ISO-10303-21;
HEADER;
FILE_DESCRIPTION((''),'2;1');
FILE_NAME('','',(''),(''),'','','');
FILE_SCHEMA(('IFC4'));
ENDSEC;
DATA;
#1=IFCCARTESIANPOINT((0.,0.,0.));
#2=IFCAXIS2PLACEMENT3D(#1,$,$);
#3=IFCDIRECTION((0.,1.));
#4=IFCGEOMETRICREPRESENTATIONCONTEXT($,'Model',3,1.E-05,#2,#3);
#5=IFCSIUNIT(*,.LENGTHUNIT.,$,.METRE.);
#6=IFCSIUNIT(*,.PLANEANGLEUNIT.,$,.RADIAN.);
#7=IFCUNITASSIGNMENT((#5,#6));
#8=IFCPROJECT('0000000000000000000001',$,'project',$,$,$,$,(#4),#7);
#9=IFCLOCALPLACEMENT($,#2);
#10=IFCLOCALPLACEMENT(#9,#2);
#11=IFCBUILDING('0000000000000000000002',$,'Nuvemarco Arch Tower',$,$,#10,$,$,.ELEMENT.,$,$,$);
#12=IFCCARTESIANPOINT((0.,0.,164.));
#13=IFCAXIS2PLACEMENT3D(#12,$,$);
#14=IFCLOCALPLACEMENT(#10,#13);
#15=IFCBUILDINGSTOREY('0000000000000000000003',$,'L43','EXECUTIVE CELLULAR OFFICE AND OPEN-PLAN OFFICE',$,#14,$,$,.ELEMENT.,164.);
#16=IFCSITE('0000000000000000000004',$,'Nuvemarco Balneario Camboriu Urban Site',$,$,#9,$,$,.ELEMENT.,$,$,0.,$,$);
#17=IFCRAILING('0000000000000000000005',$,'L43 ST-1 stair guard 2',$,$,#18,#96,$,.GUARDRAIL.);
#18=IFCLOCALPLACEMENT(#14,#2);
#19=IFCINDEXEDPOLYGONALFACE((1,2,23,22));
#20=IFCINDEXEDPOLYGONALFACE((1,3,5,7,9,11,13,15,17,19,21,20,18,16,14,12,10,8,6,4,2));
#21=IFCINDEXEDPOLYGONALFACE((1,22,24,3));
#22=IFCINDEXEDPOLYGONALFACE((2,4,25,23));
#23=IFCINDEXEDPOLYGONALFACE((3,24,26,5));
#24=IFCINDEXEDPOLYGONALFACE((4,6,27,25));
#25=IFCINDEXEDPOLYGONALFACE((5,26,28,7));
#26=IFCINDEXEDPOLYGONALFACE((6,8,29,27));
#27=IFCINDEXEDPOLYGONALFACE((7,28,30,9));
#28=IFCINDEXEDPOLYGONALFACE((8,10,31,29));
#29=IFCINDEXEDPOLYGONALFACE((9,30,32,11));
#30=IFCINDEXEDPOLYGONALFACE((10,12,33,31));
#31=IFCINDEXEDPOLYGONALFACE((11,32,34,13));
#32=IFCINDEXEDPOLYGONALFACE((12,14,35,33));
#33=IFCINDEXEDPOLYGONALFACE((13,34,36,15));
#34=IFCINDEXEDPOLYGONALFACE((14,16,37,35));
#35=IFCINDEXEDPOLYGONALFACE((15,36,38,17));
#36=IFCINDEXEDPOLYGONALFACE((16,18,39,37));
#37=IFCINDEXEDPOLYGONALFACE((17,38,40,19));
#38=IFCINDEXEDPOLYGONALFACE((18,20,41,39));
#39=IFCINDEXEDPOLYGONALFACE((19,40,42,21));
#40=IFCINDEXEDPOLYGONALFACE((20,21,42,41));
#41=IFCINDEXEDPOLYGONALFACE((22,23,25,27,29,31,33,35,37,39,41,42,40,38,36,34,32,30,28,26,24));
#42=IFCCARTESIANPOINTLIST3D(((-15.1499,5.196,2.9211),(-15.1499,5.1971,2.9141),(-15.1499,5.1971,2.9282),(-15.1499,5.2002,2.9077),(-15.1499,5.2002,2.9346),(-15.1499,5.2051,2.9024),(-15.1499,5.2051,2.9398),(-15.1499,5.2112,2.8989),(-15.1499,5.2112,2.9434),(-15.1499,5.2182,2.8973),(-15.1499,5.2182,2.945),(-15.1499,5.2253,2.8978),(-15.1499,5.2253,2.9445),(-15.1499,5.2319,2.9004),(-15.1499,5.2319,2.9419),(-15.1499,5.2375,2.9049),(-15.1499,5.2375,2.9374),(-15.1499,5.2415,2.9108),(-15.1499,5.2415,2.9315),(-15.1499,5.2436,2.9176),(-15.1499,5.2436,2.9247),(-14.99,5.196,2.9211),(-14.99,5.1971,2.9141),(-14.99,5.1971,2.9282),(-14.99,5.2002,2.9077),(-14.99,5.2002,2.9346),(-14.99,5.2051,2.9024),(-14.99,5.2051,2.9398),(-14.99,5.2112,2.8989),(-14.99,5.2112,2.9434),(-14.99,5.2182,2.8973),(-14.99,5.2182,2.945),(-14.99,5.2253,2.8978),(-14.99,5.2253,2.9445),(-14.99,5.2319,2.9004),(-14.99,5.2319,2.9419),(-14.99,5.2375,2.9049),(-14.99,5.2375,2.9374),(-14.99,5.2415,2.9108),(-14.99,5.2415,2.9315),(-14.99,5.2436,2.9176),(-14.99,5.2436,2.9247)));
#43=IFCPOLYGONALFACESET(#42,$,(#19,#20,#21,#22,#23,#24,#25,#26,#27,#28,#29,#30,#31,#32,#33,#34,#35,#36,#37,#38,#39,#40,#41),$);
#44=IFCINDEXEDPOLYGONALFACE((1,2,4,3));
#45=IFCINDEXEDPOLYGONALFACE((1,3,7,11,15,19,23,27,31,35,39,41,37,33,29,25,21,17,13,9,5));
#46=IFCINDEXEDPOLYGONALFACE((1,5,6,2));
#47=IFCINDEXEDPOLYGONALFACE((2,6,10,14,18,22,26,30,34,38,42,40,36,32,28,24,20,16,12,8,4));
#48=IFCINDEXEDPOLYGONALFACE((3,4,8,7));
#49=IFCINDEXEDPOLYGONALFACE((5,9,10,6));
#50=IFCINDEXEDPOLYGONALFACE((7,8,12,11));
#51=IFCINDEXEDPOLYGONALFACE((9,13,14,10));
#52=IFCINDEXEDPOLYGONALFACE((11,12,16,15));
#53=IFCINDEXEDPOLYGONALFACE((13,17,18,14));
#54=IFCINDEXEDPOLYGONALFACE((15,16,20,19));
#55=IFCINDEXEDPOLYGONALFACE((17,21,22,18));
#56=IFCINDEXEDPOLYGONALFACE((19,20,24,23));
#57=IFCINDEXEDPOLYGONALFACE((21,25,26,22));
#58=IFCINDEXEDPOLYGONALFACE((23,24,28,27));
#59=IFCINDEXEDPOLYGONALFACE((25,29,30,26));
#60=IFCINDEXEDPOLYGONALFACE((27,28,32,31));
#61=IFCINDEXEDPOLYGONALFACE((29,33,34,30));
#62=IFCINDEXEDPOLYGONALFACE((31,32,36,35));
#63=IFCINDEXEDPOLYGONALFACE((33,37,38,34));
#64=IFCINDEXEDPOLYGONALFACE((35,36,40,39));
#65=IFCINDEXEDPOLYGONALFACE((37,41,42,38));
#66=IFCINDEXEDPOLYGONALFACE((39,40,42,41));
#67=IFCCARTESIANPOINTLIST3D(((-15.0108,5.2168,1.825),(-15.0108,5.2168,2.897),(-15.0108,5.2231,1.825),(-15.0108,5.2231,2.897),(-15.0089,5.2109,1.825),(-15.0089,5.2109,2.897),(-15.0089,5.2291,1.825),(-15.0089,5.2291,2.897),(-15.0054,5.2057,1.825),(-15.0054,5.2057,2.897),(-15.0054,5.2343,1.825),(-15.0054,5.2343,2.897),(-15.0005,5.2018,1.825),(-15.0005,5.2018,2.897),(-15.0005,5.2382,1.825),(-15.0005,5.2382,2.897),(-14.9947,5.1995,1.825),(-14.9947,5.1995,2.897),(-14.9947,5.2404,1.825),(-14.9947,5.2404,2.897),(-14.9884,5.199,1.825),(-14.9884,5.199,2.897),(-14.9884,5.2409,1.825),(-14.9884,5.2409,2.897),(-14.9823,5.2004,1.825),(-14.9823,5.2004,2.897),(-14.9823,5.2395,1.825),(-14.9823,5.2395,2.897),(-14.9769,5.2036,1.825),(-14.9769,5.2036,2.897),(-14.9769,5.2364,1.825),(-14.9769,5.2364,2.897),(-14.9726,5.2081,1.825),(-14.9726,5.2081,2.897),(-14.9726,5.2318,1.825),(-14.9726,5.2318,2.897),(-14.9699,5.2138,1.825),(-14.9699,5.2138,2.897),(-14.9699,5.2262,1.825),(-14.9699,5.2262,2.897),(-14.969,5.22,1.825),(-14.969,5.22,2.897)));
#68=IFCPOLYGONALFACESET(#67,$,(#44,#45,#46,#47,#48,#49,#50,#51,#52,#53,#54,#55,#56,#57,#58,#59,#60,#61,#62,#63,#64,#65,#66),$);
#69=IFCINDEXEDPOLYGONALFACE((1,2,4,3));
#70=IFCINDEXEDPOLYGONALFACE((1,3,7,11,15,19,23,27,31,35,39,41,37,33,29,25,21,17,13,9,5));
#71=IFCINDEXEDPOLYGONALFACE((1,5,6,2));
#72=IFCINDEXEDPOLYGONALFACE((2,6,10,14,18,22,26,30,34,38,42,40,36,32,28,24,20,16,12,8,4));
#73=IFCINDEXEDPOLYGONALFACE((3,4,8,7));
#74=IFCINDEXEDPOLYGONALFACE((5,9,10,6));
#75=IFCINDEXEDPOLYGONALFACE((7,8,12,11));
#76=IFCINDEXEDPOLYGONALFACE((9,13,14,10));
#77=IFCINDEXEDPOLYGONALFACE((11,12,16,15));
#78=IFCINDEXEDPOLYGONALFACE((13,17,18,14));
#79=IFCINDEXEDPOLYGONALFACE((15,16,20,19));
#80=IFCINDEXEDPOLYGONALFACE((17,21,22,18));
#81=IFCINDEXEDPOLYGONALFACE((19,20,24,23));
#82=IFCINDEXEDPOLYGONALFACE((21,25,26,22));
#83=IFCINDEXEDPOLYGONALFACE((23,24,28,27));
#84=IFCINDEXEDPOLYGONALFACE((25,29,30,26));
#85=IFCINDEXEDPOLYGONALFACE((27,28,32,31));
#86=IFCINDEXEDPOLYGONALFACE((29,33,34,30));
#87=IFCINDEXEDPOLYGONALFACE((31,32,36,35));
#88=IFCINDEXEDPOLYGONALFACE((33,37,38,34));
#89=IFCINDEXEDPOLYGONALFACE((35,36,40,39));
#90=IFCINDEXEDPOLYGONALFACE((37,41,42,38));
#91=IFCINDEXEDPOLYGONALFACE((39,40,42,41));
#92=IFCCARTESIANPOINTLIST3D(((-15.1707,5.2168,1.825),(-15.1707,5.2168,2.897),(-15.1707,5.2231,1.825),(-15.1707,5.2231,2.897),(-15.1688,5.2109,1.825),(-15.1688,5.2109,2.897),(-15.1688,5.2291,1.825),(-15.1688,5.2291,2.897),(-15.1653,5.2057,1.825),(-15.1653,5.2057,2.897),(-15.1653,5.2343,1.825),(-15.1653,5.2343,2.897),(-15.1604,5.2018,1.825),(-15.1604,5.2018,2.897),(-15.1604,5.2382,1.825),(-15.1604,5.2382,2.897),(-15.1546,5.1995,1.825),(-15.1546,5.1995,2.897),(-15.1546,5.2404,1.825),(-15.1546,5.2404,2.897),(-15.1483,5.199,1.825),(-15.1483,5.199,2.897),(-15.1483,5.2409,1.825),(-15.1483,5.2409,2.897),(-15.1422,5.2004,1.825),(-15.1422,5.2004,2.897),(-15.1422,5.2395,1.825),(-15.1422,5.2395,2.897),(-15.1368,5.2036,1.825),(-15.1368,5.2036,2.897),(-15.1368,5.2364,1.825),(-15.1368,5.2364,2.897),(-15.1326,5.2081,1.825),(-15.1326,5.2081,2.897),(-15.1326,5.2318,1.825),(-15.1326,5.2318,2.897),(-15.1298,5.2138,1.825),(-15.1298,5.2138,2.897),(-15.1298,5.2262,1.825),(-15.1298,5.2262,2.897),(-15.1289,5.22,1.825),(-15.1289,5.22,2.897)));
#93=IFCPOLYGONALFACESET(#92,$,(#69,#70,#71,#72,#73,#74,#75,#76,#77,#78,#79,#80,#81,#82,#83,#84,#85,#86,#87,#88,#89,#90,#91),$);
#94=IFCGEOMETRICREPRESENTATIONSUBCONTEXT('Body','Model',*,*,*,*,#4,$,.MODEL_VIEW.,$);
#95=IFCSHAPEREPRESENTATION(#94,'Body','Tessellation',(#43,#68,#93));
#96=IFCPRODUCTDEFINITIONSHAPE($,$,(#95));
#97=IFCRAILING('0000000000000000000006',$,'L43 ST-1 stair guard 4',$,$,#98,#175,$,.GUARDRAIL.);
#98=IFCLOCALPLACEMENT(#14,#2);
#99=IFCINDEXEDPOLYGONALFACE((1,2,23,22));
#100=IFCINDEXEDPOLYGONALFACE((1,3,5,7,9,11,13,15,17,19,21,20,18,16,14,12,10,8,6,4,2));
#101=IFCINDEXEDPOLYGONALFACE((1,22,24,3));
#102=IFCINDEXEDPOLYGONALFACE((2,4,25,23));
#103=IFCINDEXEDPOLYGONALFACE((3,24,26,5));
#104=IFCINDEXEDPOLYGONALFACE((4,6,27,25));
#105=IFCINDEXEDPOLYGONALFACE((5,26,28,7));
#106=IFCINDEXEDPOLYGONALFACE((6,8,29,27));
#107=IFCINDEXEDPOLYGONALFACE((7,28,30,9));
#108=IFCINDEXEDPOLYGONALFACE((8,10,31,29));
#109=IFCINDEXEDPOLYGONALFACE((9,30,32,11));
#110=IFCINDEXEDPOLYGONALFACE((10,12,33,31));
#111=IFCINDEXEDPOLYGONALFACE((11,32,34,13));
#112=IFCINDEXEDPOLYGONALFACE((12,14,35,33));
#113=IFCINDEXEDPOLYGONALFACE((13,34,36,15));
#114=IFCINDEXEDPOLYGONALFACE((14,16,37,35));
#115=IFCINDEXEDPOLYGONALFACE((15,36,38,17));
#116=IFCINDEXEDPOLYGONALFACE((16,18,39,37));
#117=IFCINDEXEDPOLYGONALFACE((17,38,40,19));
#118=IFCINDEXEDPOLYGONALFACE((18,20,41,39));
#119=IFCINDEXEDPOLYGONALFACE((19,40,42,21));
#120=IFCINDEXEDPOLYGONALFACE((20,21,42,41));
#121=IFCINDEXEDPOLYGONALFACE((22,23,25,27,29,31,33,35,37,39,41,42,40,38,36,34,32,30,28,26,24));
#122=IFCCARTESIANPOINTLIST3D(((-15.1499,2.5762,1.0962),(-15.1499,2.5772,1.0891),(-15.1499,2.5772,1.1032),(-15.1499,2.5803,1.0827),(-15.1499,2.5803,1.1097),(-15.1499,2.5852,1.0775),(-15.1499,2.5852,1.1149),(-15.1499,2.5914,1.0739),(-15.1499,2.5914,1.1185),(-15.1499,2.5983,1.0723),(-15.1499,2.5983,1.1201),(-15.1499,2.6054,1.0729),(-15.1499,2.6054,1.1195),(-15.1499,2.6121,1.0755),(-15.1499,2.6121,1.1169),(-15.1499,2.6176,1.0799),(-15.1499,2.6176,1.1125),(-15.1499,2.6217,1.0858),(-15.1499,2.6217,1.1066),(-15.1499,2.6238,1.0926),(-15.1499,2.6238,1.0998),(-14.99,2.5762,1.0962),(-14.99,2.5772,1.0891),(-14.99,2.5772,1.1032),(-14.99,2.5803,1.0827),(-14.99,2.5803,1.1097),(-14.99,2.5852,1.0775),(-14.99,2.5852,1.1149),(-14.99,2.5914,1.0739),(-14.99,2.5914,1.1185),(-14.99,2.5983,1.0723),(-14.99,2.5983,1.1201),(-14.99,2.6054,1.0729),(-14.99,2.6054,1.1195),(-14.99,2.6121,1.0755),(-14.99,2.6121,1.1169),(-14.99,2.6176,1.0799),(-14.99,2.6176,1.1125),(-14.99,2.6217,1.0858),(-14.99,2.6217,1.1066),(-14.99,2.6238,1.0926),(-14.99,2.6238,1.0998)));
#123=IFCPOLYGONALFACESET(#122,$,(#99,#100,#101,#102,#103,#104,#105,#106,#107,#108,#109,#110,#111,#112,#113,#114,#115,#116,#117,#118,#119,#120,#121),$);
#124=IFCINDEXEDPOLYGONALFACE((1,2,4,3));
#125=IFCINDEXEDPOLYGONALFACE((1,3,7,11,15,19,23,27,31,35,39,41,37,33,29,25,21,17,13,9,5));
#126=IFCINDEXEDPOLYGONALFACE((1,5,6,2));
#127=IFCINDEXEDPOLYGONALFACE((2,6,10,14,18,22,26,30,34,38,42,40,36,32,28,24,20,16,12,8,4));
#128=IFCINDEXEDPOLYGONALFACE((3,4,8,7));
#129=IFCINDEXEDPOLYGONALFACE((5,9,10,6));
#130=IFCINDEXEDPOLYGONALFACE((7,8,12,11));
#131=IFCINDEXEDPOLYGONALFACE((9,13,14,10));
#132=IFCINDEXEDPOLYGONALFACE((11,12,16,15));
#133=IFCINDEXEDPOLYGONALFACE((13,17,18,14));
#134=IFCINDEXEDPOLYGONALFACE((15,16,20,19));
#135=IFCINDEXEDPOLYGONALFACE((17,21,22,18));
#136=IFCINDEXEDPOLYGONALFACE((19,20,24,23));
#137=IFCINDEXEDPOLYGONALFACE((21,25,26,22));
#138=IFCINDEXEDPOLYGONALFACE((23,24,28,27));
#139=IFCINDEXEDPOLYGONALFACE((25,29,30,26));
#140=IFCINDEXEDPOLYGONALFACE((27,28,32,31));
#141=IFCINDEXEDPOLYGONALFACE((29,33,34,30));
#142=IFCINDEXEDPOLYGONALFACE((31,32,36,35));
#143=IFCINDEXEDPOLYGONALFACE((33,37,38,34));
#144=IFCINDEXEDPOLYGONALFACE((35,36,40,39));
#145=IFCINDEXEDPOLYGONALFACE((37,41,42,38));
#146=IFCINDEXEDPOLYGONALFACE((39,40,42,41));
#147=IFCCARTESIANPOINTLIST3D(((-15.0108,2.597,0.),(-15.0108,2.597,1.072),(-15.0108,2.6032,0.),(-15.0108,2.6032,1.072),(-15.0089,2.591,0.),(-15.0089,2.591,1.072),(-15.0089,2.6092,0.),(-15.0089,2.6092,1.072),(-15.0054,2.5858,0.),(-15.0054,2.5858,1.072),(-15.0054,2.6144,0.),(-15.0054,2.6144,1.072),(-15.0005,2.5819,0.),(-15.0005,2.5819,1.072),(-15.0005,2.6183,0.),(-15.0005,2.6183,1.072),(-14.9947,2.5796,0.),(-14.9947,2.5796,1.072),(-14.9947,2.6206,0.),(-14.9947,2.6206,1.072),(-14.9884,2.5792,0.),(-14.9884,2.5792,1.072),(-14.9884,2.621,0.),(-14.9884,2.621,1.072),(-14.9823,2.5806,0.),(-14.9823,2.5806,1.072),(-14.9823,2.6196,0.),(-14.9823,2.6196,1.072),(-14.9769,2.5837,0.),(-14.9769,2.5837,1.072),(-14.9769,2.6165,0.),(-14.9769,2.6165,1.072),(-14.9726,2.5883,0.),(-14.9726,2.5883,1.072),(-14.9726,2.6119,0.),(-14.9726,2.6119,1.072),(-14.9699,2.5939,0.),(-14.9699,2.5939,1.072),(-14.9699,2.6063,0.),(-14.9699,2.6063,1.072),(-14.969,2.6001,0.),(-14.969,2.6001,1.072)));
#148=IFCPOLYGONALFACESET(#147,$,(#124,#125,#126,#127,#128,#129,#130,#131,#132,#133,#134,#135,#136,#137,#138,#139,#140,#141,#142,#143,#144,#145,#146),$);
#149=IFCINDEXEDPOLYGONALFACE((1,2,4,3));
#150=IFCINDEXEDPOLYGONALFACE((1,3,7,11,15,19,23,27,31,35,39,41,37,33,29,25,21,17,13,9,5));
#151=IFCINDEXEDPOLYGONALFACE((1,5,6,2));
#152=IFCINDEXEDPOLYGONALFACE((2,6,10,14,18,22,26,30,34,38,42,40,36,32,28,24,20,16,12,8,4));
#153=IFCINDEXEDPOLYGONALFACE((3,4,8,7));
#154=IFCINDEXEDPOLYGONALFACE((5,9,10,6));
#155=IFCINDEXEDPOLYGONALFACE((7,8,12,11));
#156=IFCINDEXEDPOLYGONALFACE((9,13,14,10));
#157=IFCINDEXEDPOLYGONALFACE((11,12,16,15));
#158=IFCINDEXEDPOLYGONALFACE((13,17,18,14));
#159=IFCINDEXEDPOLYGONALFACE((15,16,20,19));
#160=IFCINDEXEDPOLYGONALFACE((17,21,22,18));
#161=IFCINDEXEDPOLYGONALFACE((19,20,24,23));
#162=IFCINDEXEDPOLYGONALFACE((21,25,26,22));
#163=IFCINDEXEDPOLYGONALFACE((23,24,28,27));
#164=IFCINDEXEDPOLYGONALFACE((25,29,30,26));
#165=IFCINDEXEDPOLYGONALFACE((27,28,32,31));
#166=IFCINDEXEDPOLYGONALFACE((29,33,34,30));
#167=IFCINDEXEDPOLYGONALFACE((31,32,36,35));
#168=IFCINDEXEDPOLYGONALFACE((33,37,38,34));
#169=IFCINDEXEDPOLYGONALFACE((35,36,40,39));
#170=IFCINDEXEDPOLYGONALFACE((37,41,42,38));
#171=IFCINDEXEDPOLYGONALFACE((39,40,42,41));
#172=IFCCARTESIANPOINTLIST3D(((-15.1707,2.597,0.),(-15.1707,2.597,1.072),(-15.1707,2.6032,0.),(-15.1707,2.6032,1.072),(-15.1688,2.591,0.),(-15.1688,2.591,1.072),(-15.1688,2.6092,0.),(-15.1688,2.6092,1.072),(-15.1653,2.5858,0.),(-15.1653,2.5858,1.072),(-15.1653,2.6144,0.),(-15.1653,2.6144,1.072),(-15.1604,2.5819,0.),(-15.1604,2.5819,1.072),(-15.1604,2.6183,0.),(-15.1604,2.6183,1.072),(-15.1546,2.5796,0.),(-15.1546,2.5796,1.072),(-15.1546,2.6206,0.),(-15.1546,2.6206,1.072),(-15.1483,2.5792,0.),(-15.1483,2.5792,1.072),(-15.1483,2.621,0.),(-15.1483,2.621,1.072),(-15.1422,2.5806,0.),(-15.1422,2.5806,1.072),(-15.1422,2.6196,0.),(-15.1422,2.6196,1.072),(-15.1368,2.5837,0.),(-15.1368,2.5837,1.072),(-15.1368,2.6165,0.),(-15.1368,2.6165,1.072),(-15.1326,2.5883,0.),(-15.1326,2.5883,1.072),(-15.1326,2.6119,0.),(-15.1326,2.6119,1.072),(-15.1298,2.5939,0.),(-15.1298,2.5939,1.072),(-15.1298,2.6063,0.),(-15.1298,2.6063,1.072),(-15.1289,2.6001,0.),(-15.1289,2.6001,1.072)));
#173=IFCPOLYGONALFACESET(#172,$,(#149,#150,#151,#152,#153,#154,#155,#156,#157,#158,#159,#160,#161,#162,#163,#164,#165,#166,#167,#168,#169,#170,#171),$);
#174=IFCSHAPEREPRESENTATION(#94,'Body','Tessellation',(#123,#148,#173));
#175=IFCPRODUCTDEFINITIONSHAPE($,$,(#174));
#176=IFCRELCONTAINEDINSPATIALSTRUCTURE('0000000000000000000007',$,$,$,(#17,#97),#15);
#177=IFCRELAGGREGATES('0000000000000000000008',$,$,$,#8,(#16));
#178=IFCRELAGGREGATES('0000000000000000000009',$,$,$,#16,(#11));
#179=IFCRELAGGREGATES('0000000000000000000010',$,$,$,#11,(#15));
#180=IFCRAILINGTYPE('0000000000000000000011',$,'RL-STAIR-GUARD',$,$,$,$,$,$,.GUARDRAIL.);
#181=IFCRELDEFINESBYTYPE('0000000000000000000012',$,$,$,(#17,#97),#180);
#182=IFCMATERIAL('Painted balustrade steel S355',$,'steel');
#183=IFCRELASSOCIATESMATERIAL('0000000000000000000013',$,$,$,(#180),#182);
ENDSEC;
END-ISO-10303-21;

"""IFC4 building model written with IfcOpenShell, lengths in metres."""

from ifc_helpers import new_model, si_unit, direction, frame, origin, origin_2d, place, context, subcontext, project, spatial, circle, extrude, material, type_object, element, save


model = new_model("IFC4")

# Units and contexts
model_context = context("Model", 3, precision=1e-05, world=origin(), true_north=direction((0.0, 1.0)))
body_context = subcontext(model_context, "Body", "Model", "MODEL_VIEW")
ifc_project = project(units=[si_unit("LENGTHUNIT", "METRE"), si_unit("PLANEANGLEUNIT", "RADIAN")], contexts=[model_context])

# Site, building, storey
site_placement = place(None, origin())
site = spatial("IfcSite", under=ifc_project, at=site_placement, Name="Nuvemarco Balneario Camboriu Urban Site", CompositionType="ELEMENT", RefElevation=0.0)
building_placement = place(site_placement, origin())
building = spatial("IfcBuilding", under=site, at=building_placement, Name="Nuvemarco Arch Tower", CompositionType="ELEMENT")
storey_placement = place(building_placement, frame((0.0, 0.0, 164.0)))
storey = spatial("IfcBuildingStorey", under=building, at=storey_placement, Name="L43", Description="EXECUTIVE CELLULAR OFFICE AND OPEN-PLAN OFFICE", CompositionType="ELEMENT", Elevation=164.0)

# Railings
ifc_material_1 = material(Name="Painted balustrade steel S355", Category="steel")
railing_type_1 = type_object("IfcRailingType", Name="RL-STAIR-GUARD", PredefinedType="GUARDRAIL", material=ifc_material_1)
for number, where, name in (
    (1, (-14.99, 5.22, 1.825), "L43 ST-1 stair guard 2"),
    (2, (-14.99, 2.6001, 0.0), "L43 ST-1 stair guard 4"),
):
    element("IfcRailing", number, at=place(storey_placement, frame(where)), inside=storey, type_object=railing_type_1, Name=name, PredefinedType="GUARDRAIL", context=body_context, shape_type="SweptSolid", body=[
        extrude(circle(Radius=0.0239, at=origin_2d()), frame((0.0, 0.0, 1.0962), z_axis=(-1.0, 0.0, 0.0), x_axis=(0.0, -1.0, 0.0)), (0.0, 0.0, 1.0), 0.1599),
        extrude(circle(Radius=0.021, at=origin_2d()), origin(), (0.0, 0.0, 1.0), 1.072),
        extrude(circle(Radius=0.021, at=origin_2d()), frame((-0.1599, 0.0, 0.0)), (0.0, 0.0, 1.0), 1.072),
    ])

save(model, "model.ifc")
